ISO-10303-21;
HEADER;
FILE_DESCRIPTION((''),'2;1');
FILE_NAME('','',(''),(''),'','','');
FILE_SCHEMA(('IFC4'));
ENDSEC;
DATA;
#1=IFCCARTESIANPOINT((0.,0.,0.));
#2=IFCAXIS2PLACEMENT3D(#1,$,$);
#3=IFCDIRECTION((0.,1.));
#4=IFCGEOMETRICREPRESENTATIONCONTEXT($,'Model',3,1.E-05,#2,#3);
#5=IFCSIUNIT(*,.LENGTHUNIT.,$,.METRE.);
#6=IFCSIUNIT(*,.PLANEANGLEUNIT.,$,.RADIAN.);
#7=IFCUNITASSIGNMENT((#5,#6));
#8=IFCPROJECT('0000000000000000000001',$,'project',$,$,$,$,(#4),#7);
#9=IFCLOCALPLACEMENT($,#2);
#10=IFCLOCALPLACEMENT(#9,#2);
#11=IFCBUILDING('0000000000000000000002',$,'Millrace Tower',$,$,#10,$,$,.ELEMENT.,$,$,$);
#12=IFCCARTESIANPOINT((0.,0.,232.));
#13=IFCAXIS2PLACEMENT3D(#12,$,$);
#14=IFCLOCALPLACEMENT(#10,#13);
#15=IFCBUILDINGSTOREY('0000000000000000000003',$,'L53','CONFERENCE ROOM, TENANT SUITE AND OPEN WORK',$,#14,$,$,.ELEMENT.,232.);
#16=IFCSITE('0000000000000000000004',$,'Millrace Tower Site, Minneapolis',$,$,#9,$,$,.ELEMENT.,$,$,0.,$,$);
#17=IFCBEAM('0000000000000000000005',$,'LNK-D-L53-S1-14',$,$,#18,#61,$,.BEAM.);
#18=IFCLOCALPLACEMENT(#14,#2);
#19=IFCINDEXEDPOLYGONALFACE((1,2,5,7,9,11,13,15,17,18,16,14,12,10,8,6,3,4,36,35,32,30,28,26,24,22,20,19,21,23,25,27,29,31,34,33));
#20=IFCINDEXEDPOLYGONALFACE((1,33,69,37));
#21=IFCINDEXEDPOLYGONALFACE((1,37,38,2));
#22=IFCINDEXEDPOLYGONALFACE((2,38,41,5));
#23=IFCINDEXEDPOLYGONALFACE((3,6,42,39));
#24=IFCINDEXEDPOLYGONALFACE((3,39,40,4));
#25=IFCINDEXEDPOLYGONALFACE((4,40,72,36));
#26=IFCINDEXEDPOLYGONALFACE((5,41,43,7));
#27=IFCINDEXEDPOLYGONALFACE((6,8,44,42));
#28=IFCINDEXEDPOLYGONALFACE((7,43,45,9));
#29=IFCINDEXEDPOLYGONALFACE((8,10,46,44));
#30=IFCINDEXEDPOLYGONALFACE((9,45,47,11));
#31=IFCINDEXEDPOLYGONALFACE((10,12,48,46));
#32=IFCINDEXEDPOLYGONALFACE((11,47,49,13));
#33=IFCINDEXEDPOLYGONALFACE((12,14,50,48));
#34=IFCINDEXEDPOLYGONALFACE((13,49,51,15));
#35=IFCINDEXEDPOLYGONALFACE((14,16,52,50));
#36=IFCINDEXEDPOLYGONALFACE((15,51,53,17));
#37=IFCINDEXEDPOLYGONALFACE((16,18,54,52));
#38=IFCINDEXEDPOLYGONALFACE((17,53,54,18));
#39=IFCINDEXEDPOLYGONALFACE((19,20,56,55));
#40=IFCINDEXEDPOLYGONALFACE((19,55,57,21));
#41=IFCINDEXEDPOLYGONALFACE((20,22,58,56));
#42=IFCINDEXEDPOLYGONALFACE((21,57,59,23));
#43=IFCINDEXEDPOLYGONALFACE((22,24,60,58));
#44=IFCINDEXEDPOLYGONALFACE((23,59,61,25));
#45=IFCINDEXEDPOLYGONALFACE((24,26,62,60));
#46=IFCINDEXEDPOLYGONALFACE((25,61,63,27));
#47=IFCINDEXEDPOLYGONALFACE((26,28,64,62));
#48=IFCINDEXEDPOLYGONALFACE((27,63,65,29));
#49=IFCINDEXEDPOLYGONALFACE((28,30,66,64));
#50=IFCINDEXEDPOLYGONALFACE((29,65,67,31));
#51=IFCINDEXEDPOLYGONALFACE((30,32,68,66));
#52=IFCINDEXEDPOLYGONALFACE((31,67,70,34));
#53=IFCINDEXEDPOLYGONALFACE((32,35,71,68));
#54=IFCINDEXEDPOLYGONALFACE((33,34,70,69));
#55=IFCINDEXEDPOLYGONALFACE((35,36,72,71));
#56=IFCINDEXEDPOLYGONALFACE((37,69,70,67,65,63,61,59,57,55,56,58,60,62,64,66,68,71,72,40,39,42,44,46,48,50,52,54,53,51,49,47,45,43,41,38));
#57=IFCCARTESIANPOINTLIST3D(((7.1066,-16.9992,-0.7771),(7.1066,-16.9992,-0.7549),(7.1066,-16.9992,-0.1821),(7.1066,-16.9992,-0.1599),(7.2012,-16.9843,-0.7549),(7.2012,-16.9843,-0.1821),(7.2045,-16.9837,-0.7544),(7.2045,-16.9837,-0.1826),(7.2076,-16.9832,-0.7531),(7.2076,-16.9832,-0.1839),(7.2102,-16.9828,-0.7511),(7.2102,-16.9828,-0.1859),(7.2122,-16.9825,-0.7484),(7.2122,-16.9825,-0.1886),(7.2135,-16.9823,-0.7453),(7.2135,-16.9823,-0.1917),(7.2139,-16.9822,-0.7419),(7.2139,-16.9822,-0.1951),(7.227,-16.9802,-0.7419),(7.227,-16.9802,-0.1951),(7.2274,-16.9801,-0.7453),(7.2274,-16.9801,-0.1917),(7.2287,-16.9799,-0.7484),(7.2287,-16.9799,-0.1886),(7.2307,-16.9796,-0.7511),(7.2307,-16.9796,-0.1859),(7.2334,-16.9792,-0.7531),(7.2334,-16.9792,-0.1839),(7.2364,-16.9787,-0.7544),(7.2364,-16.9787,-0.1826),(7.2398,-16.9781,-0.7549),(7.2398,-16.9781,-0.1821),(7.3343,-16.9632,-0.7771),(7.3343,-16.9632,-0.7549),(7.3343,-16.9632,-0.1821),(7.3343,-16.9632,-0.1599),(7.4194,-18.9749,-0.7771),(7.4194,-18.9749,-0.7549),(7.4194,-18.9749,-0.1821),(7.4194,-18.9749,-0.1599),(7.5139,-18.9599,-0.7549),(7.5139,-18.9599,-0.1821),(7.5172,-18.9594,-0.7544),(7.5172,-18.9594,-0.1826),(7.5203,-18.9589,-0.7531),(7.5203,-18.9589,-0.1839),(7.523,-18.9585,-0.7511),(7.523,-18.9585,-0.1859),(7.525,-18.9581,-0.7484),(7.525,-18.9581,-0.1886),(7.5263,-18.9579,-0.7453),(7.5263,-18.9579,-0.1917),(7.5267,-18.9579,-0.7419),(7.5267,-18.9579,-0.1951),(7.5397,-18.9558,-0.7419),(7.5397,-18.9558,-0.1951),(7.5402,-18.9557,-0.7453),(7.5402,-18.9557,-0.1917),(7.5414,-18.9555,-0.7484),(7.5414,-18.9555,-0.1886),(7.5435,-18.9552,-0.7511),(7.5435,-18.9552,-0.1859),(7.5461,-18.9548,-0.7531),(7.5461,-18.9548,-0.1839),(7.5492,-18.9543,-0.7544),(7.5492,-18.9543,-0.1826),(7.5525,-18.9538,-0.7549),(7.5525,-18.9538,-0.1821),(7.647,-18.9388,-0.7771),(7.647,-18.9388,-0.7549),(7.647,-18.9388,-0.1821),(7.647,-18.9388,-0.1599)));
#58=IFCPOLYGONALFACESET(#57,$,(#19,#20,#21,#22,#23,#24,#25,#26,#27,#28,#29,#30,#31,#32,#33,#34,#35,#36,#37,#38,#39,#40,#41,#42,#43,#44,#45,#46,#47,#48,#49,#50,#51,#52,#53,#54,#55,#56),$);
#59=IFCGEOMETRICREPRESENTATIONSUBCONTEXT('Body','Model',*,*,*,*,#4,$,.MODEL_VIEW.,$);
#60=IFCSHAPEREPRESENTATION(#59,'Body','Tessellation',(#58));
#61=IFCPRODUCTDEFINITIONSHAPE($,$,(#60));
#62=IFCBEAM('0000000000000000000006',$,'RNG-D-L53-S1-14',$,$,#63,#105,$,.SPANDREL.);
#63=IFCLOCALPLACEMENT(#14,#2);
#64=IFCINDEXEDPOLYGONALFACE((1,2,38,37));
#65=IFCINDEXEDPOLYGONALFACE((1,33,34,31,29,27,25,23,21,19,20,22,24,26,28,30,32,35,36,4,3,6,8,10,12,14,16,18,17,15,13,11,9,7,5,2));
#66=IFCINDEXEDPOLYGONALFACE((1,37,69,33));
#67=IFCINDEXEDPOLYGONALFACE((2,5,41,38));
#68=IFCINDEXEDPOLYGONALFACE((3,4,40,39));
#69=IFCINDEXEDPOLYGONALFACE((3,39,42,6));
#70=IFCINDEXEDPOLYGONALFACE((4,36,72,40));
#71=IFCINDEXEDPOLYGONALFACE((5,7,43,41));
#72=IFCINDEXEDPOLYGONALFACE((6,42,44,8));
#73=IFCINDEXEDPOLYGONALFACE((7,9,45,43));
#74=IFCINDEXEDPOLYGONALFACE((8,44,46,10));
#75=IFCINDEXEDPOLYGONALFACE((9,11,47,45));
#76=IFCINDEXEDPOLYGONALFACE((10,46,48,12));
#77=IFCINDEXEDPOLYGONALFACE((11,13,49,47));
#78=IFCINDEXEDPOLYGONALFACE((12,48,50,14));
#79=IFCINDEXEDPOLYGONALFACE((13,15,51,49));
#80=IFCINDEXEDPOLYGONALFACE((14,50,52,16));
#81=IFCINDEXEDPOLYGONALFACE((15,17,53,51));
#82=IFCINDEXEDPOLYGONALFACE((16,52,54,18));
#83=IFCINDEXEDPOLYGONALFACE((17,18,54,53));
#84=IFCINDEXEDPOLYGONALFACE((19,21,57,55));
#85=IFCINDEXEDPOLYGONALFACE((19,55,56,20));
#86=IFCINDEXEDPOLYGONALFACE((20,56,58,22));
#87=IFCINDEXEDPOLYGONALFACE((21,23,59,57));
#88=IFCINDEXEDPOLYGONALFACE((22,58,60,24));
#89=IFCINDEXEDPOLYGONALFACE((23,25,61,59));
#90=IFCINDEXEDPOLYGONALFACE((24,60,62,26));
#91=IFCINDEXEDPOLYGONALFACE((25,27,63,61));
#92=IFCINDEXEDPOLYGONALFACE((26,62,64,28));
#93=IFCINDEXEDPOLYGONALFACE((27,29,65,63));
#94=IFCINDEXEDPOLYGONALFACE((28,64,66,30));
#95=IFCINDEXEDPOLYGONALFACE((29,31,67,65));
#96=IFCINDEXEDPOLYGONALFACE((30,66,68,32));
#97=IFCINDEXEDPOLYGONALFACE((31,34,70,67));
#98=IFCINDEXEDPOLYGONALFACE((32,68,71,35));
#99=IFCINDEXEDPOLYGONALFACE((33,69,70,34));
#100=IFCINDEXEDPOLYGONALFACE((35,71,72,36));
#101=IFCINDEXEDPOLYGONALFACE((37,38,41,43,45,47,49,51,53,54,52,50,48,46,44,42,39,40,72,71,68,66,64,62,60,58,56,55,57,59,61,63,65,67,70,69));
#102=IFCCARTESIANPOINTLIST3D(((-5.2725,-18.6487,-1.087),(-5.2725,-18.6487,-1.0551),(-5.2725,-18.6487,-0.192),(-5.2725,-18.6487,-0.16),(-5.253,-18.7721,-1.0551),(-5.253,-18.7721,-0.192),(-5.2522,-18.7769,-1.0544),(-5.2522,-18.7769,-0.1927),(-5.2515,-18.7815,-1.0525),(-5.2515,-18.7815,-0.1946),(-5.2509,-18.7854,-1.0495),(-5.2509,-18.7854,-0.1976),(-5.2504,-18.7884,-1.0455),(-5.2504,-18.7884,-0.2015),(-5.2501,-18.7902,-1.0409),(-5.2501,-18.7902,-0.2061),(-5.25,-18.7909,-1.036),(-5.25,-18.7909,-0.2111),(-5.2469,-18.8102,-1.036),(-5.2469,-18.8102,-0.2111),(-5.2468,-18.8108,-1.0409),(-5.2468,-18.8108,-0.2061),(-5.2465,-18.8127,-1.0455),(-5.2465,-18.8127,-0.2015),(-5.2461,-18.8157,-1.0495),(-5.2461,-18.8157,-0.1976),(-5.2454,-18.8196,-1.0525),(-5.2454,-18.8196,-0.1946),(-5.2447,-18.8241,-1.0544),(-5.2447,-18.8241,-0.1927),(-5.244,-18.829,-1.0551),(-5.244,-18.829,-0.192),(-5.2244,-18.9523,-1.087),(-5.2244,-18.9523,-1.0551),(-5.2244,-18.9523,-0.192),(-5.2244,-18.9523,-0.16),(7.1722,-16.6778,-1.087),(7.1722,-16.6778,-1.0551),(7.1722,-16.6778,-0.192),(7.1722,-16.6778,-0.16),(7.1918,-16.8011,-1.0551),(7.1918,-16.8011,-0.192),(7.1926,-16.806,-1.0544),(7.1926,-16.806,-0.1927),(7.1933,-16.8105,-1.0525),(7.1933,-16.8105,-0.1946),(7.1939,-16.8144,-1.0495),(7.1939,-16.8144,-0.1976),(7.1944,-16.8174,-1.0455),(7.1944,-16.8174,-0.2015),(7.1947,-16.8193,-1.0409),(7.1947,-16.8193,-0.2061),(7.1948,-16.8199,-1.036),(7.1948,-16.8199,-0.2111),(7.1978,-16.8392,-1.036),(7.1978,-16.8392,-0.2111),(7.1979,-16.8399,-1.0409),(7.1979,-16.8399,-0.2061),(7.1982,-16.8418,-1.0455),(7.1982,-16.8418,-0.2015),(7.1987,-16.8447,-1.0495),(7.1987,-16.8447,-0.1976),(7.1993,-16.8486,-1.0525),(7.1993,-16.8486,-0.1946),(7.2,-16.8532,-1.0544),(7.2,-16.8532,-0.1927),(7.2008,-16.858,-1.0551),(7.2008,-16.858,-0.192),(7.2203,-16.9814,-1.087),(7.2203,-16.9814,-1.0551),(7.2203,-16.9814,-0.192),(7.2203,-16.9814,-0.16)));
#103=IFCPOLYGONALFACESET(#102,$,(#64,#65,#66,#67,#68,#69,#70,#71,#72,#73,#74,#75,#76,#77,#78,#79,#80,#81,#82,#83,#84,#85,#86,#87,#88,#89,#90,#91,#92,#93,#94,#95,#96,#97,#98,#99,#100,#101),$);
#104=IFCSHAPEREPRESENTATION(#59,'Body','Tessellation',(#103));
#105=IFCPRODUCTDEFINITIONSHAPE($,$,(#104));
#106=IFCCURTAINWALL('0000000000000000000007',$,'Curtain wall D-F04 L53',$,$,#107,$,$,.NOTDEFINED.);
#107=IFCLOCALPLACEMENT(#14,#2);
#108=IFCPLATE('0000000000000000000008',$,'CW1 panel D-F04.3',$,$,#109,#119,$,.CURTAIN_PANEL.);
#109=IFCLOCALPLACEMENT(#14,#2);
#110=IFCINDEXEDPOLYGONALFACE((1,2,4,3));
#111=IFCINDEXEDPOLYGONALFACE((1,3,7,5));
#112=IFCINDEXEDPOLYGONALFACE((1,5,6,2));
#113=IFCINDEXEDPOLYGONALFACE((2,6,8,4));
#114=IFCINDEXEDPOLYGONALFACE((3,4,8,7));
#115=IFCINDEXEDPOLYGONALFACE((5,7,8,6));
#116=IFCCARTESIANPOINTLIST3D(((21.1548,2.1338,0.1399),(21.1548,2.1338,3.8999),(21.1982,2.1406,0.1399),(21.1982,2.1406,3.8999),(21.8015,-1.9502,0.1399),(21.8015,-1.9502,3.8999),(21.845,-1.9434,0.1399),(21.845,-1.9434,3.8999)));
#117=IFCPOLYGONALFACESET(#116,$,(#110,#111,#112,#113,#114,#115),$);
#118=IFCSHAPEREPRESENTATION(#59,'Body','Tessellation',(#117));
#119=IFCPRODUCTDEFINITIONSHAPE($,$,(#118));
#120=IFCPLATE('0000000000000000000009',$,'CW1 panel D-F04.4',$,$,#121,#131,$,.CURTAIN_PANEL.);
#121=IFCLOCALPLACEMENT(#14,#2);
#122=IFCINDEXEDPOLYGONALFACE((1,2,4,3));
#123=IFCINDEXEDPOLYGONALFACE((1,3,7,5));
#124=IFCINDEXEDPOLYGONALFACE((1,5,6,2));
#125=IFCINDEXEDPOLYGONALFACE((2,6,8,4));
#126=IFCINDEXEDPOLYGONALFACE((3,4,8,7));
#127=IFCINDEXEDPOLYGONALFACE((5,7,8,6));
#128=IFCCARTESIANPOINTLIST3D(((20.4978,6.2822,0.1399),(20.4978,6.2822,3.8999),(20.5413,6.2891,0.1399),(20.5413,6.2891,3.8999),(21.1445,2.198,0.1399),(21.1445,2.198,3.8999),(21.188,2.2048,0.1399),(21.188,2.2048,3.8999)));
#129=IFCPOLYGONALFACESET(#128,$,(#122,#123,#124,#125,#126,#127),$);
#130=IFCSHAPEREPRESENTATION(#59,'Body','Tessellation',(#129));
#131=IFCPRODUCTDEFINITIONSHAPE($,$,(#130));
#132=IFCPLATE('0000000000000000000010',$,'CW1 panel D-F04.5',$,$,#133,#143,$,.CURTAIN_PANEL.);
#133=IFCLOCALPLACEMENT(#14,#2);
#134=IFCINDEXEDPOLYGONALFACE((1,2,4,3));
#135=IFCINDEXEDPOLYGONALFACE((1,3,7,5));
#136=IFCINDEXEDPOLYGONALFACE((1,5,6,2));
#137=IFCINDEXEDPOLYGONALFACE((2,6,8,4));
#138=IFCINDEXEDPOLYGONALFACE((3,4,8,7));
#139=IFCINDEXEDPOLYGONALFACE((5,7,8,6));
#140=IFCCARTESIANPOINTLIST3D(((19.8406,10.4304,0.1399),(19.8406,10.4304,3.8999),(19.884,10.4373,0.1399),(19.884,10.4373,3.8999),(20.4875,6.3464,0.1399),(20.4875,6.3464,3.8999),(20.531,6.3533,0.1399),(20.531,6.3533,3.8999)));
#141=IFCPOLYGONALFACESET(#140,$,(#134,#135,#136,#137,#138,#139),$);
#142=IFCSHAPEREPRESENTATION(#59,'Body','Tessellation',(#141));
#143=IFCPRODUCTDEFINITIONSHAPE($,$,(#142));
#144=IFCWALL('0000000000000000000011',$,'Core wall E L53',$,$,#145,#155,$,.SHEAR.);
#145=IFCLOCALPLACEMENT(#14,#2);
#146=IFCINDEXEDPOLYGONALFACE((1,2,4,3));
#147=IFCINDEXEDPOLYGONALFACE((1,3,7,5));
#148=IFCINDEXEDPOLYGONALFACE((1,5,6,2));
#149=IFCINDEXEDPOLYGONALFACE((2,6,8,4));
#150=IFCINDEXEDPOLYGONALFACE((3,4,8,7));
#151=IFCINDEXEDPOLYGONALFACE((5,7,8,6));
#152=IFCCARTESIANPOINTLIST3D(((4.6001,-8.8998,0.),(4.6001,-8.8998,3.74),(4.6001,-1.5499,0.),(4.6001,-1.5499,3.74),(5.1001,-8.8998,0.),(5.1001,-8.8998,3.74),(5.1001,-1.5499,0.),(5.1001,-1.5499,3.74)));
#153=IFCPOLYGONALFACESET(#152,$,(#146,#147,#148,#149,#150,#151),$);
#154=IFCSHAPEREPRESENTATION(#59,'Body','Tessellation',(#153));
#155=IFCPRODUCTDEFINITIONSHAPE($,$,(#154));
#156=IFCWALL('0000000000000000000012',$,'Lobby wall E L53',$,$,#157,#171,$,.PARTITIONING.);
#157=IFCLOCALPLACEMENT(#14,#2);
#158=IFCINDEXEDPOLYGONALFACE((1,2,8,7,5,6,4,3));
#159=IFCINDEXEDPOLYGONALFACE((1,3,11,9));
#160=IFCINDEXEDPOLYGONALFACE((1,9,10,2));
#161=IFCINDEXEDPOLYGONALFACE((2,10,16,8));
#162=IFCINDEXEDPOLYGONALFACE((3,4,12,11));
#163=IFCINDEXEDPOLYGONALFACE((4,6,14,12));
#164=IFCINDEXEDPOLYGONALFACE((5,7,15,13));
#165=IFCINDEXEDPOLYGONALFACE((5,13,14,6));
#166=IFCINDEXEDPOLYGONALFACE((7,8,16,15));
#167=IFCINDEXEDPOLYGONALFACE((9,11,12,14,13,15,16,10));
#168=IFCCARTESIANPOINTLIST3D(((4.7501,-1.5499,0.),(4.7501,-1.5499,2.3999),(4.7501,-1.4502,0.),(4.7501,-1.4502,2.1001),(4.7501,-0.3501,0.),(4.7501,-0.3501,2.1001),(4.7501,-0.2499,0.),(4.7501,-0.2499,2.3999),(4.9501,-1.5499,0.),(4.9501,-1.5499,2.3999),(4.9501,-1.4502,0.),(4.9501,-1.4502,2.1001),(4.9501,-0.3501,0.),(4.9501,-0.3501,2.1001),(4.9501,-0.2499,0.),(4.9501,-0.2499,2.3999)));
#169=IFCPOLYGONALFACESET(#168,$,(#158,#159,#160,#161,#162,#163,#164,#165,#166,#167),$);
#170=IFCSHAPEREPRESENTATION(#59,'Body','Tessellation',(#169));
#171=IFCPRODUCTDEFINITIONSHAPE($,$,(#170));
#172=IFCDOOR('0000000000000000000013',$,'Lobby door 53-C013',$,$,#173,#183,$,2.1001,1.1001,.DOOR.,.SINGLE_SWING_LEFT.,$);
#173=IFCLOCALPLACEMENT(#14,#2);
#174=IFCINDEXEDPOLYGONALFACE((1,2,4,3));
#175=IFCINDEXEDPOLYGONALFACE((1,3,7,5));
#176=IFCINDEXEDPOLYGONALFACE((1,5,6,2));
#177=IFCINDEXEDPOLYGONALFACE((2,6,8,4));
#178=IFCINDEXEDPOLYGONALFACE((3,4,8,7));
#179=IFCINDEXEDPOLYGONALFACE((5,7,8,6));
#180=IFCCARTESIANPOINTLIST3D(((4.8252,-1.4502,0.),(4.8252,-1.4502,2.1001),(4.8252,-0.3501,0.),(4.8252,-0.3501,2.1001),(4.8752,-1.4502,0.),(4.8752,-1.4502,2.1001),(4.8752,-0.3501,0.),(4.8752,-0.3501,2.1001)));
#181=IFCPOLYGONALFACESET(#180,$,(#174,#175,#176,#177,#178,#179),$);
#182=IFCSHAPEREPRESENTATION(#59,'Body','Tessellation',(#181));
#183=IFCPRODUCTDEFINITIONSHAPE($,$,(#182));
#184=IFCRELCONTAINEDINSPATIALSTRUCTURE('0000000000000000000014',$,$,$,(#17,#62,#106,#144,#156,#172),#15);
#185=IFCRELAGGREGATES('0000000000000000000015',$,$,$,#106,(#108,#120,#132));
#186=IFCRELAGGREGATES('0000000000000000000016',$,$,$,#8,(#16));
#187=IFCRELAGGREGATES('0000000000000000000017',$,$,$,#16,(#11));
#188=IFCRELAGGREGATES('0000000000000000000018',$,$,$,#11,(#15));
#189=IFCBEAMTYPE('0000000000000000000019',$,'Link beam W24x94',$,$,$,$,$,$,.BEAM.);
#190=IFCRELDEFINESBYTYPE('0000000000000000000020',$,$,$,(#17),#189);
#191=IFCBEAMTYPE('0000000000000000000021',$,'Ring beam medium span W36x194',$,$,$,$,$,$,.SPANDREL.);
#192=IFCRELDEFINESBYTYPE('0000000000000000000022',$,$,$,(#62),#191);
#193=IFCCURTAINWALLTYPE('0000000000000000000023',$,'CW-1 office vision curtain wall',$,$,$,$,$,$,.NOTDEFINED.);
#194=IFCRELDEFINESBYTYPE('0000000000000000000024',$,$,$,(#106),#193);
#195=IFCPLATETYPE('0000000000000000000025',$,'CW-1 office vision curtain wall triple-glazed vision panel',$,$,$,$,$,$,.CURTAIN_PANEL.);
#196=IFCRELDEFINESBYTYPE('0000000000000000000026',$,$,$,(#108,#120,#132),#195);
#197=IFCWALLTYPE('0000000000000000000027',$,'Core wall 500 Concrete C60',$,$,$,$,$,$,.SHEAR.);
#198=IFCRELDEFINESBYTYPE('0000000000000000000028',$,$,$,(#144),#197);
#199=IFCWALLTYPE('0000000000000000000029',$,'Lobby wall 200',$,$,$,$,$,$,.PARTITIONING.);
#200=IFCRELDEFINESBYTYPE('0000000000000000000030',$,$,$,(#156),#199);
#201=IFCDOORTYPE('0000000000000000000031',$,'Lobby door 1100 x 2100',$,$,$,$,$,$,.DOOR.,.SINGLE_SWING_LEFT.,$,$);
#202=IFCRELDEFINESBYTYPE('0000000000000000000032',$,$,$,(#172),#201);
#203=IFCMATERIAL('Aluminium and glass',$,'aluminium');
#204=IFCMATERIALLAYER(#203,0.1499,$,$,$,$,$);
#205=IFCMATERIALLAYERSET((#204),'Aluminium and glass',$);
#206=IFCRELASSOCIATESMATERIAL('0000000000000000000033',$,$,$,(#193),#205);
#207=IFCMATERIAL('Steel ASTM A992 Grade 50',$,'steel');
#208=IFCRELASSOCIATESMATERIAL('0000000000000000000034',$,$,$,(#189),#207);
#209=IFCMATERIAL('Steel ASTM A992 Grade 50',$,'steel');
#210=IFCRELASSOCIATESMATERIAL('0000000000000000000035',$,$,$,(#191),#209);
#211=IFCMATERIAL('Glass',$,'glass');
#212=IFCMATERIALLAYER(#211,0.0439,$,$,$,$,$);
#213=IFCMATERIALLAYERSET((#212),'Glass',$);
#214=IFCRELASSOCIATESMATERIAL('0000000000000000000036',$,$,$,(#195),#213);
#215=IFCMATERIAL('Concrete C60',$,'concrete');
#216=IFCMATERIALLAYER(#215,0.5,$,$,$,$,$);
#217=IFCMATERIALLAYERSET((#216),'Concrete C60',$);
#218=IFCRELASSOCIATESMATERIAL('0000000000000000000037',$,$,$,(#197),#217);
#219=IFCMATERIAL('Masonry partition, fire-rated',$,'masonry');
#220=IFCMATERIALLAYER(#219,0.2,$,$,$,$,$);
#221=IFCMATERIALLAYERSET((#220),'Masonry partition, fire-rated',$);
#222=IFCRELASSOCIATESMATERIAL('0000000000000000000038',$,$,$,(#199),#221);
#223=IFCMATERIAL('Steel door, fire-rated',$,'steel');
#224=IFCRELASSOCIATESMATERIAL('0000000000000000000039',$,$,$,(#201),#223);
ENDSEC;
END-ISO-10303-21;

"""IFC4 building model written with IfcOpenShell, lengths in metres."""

from ifc_helpers import new_model, si_unit, direction, frame, frame_2d, origin, origin_2d, place, context, subcontext, project, spatial, polyline, rectangle, i_section, outline, extrude, material, layer, layer_set, material_profile, profile_set, type_object, element, fill, aggregate, save


model = new_model("IFC4")

# Units and contexts
model_context = context("Model", 3, precision=1e-05, world=origin(), true_north=direction((0.0, 1.0)))
body_context = subcontext(model_context, "Body", "Model", "MODEL_VIEW")
ifc_project = project(units=[si_unit("LENGTHUNIT", "METRE"), si_unit("PLANEANGLEUNIT", "RADIAN")], contexts=[model_context])

# Site, building, storey
site_placement = place(None, origin())
site = spatial("IfcSite", under=ifc_project, at=site_placement, Name="Millrace Tower Site, Minneapolis", CompositionType="ELEMENT", RefElevation=0.0)
building_placement = place(site_placement, origin())
building = spatial("IfcBuilding", under=site, at=building_placement, Name="Millrace Tower", CompositionType="ELEMENT")
storey_placement = place(building_placement, frame((0.0, 0.0, 232.0)))
storey = spatial("IfcBuildingStorey", under=building, at=storey_placement, Name="L53", Description="CONFERENCE ROOM, TENANT SUITE AND OPEN WORK", CompositionType="ELEMENT", Elevation=232.0)

# Shared definitions
ifc_material_1 = material(Name="Aluminium and glass", Category="aluminium")
ifc_layer_1 = layer(ifc_material_1, 0.1499)
ifc_layer_set_1 = layer_set([ifc_layer_1], Name="Aluminium and glass")
curtain_wall_type = type_object("IfcCurtainWallType", Name="CW-1 office vision curtain wall", PredefinedType="NOTDEFINED", material=ifc_layer_set_1)
placement_1 = place(storey_placement, origin())

# Beams
ifc_material_2 = material(Name="Steel ASTM A992 Grade 50", Category="steel")
ifc_material_profile_1 = material_profile(ifc_material_2, i_section(OverallWidth=0.2305, OverallDepth=0.6172, WebThickness=0.0132, FlangeThickness=0.0222, FilletRadius=0.0129, at=origin_2d()))
ifc_profile_set_1 = profile_set([ifc_material_profile_1], Name="Steel ASTM A992 Grade 50")
beam_type_1 = type_object("IfcBeamType", Name="Link beam W24x94", PredefinedType="BEAM", material=ifc_profile_set_1)
beam_1_placement = place(storey_placement, frame((7.2205, -16.9812, -0.4685), z_axis=(0.156357, -0.987701, 0.0), x_axis=(0.987701, 0.156357, 0.0)))
element("IfcBeam", 1, at=beam_1_placement, inside=storey, type_object=beam_type_1, Name="LNK-D-L53-S1-14", PredefinedType="BEAM", context=body_context, shape_type="SweptSolid", body=[
    extrude(i_section(OverallWidth=0.2305, OverallDepth=0.6172, WebThickness=0.0132, FlangeThickness=0.0222, FilletRadius=0.0129, at=origin_2d()), origin(), (0.0, 0.0, 1.0), 2.0002),
])
ifc_material_3 = material(Name="Steel ASTM A992 Grade 50", Category="steel")
ifc_material_profile_2 = material_profile(ifc_material_3, i_section(OverallWidth=0.3074, OverallDepth=0.927, WebThickness=0.0195, FlangeThickness=0.032, FilletRadius=0.019, at=origin_2d()))
ifc_profile_set_2 = profile_set([ifc_material_profile_2], Name="Steel ASTM A992 Grade 50")
beam_type_2 = type_object("IfcBeamType", Name="Ring beam medium span W36x194", PredefinedType="SPANDREL", material=ifc_profile_set_2)
beam_2_placement = place(storey_placement, frame((7.1963, -16.8296, -0.6235), z_axis=(-0.98769, -0.156425, 0.0), x_axis=(0.156425, -0.98769, 0.0)))
element("IfcBeam", 2, at=beam_2_placement, inside=storey, type_object=beam_type_2, Name="RNG-D-L53-S1-14", PredefinedType="SPANDREL", context=body_context, shape_type="SweptSolid", body=[
    extrude(i_section(OverallWidth=0.3074, OverallDepth=0.927, WebThickness=0.0195, FlangeThickness=0.032, FilletRadius=0.019, at=origin_2d()), origin(), (0.0, 0.0, 1.0), 12.5999),
])

# Curtain wall, plates
curtain_wall_1 = element("IfcCurtainWall", 3, at=placement_1, inside=storey, type_object=curtain_wall_type, Name="Curtain wall D-F04 L53", PredefinedType="NOTDEFINED")
ifc_material_4 = material(Name="Glass", Category="glass")
ifc_layer_2 = layer(ifc_material_4, 0.0439)
ifc_layer_set_2 = layer_set([ifc_layer_2], Name="Glass")
plate_type = type_object("IfcPlateType", Name="CW-1 office vision curtain wall triple-glazed vision panel", PredefinedType="CURTAIN_PANEL", material=ifc_layer_set_2)
placement_2 = place(storey_placement, frame((0.0, 0.0, 0.1399)))
plate_1 = element("IfcPlate", 4, at=placement_2, type_object=plate_type, Name="CW1 panel D-F04.3", PredefinedType="CURTAIN_PANEL", context=body_context, shape_type="SweptSolid", body=[
    extrude(outline(polyline([(21.845, -1.9434), (21.1982, 2.1406), (21.1548, 2.1338), (21.8015, -1.9502), (21.845, -1.9434)])), origin(), (0.0, 0.0, 1.0), 3.76),
])
plate_2 = element("IfcPlate", 5, at=placement_2, type_object=plate_type, Name="CW1 panel D-F04.4", PredefinedType="CURTAIN_PANEL", context=body_context, shape_type="SweptSolid", body=[
    extrude(outline(polyline([(21.188, 2.2048), (20.5413, 6.2891), (20.4978, 6.2822), (21.1445, 2.198), (21.188, 2.2048)])), origin(), (0.0, 0.0, 1.0), 3.76),
])
plate_3 = element("IfcPlate", 6, at=placement_2, type_object=plate_type, Name="CW1 panel D-F04.5", PredefinedType="CURTAIN_PANEL", context=body_context, shape_type="SweptSolid", body=[
    extrude(outline(polyline([(20.531, 6.3533), (19.884, 10.4373), (19.8406, 10.4304), (20.4875, 6.3464), (20.531, 6.3533)])), origin(), (0.0, 0.0, 1.0), 3.76),
])
aggregate(curtain_wall_1, [plate_1, plate_2, plate_3])

# Wall
ifc_material_5 = material(Name="Concrete C60", Category="concrete")
ifc_layer_3 = layer(ifc_material_5, 0.5)
ifc_layer_set_3 = layer_set([ifc_layer_3], Name="Concrete C60")
wall_type_1 = type_object("IfcWallType", Name="Core wall 500 Concrete C60", PredefinedType="SHEAR", material=ifc_layer_set_3)
wall_1_placement = place(storey_placement, frame((4.8501, -1.55, 0.0), z_axis=(0.0, 0.0, 1.0), x_axis=(0.0, -1.0, 0.0)))
element("IfcWall", 7, at=wall_1_placement, inside=storey, type_object=wall_type_1, Name="Core wall E L53", PredefinedType="SHEAR", context=body_context, shape_type="SweptSolid", body=[
    extrude(rectangle(XDim=7.3499, YDim=0.5, at=frame_2d((3.6748, 0.0))), origin(), (0.0, 0.0, 1.0), 3.74),
])

# Wall, opening, door
ifc_material_6 = material(Name="Masonry partition, fire-rated", Category="masonry")
ifc_layer_4 = layer(ifc_material_6, 0.2)
ifc_layer_set_4 = layer_set([ifc_layer_4], Name="Masonry partition, fire-rated")
wall_type_2 = type_object("IfcWallType", Name="Lobby wall 200", PredefinedType="PARTITIONING", material=ifc_layer_set_4)
wall_2_placement = place(storey_placement, frame((4.8501, -0.25, 0.0), z_axis=(0.0, 0.0, 1.0), x_axis=(0.0, -1.0, 0.0)))
wall_2 = element("IfcWall", 8, at=wall_2_placement, inside=storey, type_object=wall_type_2, Name="Lobby wall E L53", PredefinedType="PARTITIONING", context=body_context, shape_type="SweptSolid", body=[
    extrude(rectangle(XDim=1.3, YDim=0.2, at=frame_2d((0.6499, 0.0))), origin(), (0.0, 0.0, 1.0), 2.3999),
])
opening_placement = place(wall_2_placement, frame((0.1001, 0.0, 0.0)))
opening = element("IfcOpeningElement", 9, at=opening_placement, cuts=wall_2, PredefinedType="OPENING", context=body_context, shape_type="SweptSolid", body=[
    extrude(rectangle(XDim=1.1001, YDim=2.1001, at=frame_2d((0.55, 1.05))), frame((0.0, 0.1099, 0.0), z_axis=(0.0, -1.0, 0.0), x_axis=(1.0, 0.0, 0.0)), (0.0, 0.0, 1.0), 0.22),
])
ifc_material_7 = material(Name="Steel door, fire-rated", Category="steel")
door_type = type_object("IfcDoorType", Name="Lobby door 1100 x 2100", OperationType="SINGLE_SWING_LEFT", PredefinedType="DOOR", material=ifc_material_7)
door_placement = place(opening_placement, frame((1.1001, 0.0, 0.0), z_axis=(0.0, 0.0, 1.0), x_axis=(-1.0, 0.0, 0.0)))
door = element("IfcDoor", 10, at=door_placement, inside=storey, type_object=door_type, Name="Lobby door 53-C013", OperationType="SINGLE_SWING_LEFT", OverallHeight=2.1001, OverallWidth=1.1001, PredefinedType="DOOR", context=body_context, shape_type="SweptSolid", body=[
    extrude(rectangle(XDim=1.1001, YDim=2.1001, at=frame_2d((0.55, 1.05))), frame((0.0, 0.0249, 0.0), z_axis=(0.0, -1.0, 0.0), x_axis=(1.0, 0.0, 0.0)), (0.0, 0.0, 1.0), 0.05),
])
fill(opening, door)

save(model, "model.ifc")
